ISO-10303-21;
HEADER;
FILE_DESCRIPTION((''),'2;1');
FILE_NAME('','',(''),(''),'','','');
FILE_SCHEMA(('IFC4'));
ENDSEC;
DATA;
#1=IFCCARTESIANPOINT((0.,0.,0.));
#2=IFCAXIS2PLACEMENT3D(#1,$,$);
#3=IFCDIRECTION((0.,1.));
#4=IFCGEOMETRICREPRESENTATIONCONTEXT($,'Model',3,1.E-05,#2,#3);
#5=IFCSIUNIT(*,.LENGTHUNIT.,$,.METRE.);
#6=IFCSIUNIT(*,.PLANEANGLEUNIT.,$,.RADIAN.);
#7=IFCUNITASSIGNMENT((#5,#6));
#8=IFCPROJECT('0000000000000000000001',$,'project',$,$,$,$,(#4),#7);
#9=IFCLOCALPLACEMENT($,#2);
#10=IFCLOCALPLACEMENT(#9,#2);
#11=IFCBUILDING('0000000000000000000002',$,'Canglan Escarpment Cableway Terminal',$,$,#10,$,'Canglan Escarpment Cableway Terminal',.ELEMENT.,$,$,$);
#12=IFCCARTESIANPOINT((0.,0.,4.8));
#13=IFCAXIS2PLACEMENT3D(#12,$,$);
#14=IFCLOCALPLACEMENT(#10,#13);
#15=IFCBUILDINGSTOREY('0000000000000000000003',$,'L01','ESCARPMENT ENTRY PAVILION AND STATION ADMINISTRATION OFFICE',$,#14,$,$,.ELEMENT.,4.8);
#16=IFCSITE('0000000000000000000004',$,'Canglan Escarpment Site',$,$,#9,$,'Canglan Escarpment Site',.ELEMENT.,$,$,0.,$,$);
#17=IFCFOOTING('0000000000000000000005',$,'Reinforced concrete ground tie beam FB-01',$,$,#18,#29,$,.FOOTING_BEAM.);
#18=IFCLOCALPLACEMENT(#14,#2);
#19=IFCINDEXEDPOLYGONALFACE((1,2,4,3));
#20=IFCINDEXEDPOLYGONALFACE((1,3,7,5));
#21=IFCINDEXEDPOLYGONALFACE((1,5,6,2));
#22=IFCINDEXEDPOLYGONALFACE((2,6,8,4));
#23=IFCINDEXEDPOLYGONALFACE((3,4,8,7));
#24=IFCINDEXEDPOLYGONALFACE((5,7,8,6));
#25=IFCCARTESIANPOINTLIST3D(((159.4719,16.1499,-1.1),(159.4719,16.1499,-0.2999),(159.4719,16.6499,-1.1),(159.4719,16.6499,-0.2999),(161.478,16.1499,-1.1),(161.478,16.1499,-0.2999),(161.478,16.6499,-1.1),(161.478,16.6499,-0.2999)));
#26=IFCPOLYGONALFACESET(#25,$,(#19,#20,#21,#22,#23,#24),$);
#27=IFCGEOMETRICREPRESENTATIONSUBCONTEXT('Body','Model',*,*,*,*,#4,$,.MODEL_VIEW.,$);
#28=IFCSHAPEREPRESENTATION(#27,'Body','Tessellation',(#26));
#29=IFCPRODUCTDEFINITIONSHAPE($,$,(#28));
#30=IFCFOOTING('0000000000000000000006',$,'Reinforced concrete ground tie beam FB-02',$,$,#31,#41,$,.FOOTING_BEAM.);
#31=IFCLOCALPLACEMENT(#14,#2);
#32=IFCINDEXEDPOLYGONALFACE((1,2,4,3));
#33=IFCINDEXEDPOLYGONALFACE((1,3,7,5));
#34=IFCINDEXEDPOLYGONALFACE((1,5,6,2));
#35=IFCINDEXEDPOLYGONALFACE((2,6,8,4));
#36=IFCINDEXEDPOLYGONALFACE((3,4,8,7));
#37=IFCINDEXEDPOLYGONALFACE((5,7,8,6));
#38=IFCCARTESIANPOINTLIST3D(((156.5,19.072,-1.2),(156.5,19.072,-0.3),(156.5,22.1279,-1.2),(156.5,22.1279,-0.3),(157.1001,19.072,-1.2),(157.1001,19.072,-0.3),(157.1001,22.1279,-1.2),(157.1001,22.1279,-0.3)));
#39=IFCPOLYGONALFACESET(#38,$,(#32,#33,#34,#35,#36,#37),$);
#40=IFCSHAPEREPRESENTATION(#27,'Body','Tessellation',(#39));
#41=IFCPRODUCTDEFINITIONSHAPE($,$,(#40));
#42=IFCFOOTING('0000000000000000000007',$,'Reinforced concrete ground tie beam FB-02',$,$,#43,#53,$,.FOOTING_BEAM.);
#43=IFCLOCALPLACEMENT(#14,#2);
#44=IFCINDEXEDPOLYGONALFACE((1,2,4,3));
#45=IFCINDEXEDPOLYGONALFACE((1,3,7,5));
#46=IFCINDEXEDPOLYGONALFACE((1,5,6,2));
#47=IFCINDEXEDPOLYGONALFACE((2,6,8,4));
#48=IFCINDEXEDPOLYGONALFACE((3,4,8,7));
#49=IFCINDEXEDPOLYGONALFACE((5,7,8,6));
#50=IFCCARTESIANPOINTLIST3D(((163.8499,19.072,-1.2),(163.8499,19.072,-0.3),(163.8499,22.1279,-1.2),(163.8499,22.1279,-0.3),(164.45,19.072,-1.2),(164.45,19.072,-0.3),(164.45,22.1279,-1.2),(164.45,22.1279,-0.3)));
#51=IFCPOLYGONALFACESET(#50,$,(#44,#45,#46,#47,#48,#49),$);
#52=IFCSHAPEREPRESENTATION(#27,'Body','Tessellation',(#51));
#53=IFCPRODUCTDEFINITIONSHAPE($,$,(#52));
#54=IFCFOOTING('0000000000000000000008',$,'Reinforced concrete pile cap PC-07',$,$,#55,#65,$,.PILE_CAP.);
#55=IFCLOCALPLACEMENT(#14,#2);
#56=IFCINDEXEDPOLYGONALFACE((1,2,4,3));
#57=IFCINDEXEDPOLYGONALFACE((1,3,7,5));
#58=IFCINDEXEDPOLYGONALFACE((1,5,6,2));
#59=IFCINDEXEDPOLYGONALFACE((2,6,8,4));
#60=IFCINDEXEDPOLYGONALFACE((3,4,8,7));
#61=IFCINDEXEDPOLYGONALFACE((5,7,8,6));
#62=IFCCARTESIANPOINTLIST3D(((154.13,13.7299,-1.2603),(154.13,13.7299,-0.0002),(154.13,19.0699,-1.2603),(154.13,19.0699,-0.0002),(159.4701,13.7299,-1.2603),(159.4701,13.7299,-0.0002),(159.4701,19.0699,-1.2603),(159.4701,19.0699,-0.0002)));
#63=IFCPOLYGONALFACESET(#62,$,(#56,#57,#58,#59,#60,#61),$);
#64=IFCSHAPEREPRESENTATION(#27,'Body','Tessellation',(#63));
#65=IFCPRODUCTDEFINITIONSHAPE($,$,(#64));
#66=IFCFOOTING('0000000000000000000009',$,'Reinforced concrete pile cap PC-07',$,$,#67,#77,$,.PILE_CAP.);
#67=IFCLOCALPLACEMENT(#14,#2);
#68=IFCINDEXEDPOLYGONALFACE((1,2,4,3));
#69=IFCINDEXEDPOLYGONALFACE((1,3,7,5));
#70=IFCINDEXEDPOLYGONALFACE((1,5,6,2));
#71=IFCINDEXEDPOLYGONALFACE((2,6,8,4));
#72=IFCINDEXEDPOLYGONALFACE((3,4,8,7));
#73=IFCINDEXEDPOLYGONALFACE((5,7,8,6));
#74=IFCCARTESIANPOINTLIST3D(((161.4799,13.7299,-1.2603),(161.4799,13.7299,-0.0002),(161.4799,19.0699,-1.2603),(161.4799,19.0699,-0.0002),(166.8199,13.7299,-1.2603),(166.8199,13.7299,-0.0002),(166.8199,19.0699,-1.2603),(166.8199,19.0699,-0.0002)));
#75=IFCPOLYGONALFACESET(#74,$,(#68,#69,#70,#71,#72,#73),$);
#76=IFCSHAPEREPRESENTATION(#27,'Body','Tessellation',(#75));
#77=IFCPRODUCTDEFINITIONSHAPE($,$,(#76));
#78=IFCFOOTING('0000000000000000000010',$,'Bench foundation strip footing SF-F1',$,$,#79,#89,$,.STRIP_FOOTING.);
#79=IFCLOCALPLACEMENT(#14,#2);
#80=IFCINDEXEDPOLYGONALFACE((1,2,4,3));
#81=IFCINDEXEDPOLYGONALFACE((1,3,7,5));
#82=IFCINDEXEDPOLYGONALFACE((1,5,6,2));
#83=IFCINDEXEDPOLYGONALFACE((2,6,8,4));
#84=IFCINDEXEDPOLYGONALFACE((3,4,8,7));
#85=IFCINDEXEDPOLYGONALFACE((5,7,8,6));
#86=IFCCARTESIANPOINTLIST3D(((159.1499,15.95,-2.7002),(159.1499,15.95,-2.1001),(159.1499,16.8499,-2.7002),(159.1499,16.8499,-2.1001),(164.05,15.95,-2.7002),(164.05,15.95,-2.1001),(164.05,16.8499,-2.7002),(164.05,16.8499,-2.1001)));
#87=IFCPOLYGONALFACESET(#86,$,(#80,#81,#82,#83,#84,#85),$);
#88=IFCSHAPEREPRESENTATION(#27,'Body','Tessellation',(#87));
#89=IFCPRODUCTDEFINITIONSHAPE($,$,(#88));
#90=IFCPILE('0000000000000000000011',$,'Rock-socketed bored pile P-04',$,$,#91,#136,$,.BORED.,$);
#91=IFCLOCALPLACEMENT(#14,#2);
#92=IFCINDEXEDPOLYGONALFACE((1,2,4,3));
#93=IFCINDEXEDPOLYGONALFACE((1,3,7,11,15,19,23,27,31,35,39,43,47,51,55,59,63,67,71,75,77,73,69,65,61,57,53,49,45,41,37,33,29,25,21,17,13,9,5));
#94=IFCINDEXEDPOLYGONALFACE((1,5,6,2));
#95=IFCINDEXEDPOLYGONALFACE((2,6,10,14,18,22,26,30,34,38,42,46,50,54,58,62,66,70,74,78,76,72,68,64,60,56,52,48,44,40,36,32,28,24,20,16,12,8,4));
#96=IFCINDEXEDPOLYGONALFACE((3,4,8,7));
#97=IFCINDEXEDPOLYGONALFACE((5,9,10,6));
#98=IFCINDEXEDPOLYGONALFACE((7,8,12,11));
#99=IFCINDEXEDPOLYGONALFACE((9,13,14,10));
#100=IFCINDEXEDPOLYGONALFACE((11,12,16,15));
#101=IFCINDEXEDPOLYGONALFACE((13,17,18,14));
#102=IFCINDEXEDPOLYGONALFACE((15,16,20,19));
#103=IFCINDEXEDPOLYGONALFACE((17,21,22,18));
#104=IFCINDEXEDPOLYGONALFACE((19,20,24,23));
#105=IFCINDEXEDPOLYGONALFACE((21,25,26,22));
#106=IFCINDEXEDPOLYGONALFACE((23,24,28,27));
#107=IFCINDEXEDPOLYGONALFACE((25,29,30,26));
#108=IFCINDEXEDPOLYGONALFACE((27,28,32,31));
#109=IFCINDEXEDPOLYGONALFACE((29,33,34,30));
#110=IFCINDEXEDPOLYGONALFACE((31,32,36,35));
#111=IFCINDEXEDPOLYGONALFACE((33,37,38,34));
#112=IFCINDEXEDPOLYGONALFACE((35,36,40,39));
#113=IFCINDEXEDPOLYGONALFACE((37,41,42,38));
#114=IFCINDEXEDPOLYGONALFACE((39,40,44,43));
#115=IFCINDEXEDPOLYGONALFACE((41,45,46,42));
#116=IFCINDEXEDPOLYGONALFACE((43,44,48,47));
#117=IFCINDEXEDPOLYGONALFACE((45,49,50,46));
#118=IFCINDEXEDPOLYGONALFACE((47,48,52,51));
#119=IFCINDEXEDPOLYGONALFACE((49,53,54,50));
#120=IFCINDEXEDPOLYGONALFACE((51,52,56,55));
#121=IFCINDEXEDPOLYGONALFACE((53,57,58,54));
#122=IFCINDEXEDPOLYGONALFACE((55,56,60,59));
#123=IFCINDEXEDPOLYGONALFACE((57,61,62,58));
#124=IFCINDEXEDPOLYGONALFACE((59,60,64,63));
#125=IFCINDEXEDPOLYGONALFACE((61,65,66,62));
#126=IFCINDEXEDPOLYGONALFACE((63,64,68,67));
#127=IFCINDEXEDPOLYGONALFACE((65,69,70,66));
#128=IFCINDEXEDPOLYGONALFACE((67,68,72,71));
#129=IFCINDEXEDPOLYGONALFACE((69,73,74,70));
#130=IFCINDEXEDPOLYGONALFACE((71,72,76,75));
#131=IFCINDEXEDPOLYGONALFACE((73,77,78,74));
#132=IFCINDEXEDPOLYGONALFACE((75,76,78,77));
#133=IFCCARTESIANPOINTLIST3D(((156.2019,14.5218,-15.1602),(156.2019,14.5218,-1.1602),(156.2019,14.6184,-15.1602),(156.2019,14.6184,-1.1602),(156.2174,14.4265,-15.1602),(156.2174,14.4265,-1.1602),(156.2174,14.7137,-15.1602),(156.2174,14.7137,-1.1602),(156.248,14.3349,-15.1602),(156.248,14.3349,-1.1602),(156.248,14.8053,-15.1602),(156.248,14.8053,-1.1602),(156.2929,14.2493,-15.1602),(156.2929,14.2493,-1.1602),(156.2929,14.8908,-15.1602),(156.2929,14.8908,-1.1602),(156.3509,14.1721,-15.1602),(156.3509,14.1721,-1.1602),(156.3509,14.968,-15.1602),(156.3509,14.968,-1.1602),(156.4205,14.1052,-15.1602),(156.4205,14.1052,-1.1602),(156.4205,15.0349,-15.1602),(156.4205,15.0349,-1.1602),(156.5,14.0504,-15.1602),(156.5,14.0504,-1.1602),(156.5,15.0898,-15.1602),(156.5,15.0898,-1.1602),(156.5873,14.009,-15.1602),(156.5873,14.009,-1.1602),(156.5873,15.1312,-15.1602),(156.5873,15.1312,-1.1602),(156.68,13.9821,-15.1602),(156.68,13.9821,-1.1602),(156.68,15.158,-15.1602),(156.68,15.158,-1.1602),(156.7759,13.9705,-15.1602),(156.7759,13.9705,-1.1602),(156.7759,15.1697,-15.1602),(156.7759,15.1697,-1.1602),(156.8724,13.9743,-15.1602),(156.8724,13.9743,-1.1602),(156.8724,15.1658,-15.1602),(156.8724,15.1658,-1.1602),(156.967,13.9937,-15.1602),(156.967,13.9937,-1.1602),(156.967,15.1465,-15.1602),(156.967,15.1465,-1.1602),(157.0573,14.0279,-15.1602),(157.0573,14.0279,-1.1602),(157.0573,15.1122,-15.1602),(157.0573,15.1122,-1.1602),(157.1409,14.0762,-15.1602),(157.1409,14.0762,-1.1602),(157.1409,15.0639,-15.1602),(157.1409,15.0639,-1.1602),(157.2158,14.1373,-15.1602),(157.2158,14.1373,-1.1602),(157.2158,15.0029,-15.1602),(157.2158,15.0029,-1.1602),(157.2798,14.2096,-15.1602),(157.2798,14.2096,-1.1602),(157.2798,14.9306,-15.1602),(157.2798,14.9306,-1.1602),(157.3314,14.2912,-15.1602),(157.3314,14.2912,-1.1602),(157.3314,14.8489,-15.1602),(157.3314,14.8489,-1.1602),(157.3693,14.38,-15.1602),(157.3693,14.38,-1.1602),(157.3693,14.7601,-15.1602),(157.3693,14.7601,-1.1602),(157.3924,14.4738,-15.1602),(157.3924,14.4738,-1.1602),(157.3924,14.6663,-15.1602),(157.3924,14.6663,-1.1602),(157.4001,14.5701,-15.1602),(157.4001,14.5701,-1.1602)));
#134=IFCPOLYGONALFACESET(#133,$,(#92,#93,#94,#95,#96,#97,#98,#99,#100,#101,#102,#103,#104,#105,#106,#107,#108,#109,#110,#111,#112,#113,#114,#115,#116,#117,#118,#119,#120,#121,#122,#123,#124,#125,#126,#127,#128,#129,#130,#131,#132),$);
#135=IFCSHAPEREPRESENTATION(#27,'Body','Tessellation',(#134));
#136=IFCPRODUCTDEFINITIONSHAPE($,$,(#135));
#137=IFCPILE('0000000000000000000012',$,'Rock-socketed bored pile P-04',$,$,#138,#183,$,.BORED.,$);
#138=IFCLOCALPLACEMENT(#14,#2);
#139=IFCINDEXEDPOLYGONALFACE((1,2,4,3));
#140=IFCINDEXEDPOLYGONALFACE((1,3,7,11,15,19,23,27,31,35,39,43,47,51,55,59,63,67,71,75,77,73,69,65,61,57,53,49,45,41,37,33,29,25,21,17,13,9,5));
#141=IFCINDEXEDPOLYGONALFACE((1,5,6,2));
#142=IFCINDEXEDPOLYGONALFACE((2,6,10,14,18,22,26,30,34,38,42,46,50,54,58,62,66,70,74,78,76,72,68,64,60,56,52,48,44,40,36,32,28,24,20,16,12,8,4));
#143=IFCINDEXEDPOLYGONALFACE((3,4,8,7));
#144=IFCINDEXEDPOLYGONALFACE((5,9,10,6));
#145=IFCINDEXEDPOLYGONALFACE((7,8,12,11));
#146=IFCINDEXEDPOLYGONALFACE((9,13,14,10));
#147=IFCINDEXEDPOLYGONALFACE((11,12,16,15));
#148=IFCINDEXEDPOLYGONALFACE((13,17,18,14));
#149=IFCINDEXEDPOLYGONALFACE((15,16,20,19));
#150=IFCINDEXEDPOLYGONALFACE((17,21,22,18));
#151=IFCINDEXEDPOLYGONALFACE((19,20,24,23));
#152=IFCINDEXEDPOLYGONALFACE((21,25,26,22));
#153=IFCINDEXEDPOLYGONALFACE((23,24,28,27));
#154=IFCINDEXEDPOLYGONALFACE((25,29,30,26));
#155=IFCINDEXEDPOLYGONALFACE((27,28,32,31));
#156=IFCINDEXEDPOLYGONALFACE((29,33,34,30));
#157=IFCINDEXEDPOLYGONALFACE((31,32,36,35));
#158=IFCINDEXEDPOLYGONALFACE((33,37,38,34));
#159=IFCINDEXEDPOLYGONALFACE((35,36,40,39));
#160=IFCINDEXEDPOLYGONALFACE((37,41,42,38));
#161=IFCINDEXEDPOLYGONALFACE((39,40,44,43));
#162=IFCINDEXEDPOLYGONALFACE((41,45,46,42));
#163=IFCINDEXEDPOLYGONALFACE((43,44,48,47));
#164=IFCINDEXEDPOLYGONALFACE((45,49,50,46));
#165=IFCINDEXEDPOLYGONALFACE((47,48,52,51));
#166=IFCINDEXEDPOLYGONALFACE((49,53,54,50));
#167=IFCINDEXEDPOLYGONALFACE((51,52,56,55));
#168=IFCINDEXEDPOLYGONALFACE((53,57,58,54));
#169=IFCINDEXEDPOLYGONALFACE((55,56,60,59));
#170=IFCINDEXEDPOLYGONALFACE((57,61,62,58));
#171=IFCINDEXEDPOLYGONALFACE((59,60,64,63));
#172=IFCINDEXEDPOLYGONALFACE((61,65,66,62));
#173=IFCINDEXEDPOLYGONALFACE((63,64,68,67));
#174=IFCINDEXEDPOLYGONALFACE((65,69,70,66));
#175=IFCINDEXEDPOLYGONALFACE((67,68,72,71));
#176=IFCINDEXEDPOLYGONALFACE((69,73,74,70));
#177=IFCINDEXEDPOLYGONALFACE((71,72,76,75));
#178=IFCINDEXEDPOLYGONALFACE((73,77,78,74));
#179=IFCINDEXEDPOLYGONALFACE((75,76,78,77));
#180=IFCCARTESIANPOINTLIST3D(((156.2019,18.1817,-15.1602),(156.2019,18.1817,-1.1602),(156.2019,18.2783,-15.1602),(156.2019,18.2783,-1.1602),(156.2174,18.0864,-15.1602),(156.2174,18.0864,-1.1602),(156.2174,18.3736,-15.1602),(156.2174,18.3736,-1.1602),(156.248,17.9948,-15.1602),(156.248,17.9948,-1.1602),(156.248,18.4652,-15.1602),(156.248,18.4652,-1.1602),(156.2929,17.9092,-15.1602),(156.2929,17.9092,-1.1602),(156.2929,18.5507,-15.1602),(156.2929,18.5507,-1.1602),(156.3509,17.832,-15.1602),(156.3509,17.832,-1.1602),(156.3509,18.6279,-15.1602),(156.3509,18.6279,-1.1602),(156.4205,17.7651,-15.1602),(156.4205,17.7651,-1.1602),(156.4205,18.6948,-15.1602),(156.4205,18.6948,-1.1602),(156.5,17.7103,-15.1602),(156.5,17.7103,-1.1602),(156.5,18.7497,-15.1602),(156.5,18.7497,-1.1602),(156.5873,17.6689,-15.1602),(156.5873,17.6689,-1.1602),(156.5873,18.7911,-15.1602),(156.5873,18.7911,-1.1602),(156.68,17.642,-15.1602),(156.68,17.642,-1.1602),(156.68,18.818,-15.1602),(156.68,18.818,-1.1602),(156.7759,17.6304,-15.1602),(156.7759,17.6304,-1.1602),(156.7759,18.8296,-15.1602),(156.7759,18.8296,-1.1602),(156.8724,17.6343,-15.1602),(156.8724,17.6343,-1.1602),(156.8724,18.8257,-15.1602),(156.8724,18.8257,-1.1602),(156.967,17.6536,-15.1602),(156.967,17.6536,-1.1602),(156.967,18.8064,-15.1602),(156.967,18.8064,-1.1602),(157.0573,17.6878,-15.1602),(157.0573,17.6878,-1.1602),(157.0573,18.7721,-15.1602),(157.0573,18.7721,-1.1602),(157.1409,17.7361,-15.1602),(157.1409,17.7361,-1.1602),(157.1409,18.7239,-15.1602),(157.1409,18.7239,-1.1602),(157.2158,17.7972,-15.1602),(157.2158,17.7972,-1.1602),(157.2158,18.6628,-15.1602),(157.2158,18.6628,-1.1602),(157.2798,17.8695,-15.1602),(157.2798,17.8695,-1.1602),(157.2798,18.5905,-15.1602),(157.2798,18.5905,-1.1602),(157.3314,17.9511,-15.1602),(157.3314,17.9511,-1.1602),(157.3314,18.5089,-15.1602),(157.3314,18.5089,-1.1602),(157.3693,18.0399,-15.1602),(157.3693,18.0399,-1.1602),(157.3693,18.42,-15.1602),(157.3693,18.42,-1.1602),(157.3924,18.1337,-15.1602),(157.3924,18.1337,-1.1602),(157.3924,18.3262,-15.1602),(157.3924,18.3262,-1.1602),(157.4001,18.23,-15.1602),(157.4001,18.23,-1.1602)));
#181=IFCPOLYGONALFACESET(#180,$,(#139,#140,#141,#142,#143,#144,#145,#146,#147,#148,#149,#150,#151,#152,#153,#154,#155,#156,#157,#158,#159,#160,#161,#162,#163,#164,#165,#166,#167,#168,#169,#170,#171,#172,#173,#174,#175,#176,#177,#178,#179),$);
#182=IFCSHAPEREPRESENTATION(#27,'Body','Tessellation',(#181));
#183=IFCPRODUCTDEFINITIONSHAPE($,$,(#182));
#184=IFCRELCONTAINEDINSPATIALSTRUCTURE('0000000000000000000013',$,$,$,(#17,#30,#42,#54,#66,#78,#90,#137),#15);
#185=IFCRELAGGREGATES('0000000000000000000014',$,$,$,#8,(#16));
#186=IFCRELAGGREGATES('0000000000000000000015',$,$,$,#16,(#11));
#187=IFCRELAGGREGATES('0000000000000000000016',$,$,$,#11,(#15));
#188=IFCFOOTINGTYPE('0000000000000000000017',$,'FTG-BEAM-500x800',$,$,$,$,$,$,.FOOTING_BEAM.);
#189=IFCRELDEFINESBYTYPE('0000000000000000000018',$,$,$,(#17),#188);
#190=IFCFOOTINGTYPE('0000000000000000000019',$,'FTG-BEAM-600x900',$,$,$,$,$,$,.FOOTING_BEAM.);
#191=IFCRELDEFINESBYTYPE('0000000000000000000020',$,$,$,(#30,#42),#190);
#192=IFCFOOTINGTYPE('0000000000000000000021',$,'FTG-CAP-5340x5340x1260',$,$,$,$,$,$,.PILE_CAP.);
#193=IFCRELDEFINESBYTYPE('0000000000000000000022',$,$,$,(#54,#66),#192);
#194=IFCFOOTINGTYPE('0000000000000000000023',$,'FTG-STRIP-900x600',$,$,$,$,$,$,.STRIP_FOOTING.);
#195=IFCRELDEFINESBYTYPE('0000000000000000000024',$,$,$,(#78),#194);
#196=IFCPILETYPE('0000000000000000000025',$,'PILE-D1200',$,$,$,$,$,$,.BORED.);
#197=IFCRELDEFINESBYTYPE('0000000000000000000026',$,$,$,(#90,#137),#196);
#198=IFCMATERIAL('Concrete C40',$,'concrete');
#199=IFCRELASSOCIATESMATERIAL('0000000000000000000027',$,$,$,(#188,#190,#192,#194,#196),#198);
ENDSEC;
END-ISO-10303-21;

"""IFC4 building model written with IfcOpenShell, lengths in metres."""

from ifc_helpers import new_model, si_unit, direction, frame, origin, origin_2d, place, context, subcontext, project, spatial, rectangle, circle, extrude, material, material_profile, profile_set, type_object, element, save


model = new_model("IFC4")

# Units and contexts
model_context = context("Model", 3, precision=1e-05, world=origin(), true_north=direction((0.0, 1.0)))
body_context = subcontext(model_context, "Body", "Model", "MODEL_VIEW")
ifc_project = project(units=[si_unit("LENGTHUNIT", "METRE"), si_unit("PLANEANGLEUNIT", "RADIAN")], contexts=[model_context])

# Site, building, storey
site_placement = place(None, origin())
site = spatial("IfcSite", under=ifc_project, at=site_placement, Name="Canglan Escarpment Site", LongName="Canglan Escarpment Site", CompositionType="ELEMENT", RefElevation=0.0)
building_placement = place(site_placement, origin())
building = spatial("IfcBuilding", under=site, at=building_placement, Name="Canglan Escarpment Cableway Terminal", LongName="Canglan Escarpment Cableway Terminal", CompositionType="ELEMENT")
storey_placement = place(building_placement, frame((0.0, 0.0, 4.8)))
storey = spatial("IfcBuildingStorey", under=building, at=storey_placement, Name="L01", Description="ESCARPMENT ENTRY PAVILION AND STATION ADMINISTRATION OFFICE", CompositionType="ELEMENT", Elevation=4.8)

# Footings
ifc_material_1 = material(Name="Concrete C40", Category="concrete")
ifc_material_profile_1 = material_profile(ifc_material_1, rectangle(XDim=0.5, YDim=0.8, at=origin_2d()), Name="FB 500x800")
ifc_profile_set_1 = profile_set([ifc_material_profile_1], Name="Concrete C40")
footing_type_1 = type_object("IfcFootingType", Name="FTG-BEAM-500x800", PredefinedType="FOOTING_BEAM", material=ifc_profile_set_1)
footing_1_placement = place(storey_placement, frame((159.4719, 16.3999, -0.7), z_axis=(1.0, 0.0, 0.0), x_axis=(0.0, 1.0, 0.0)))
element("IfcFooting", 1, at=footing_1_placement, inside=storey, type_object=footing_type_1, Name="Reinforced concrete ground tie beam FB-01", PredefinedType="FOOTING_BEAM", context=body_context, shape_type="SweptSolid", body=[
    extrude(rectangle(XDim=0.5, YDim=0.8, at=origin_2d()), origin(), (0.0, 0.0, 1.0), 2.0061),
])
ifc_material_profile_2 = material_profile(ifc_material_1, rectangle(XDim=0.6001, YDim=0.8999, at=origin_2d()), Name="FB 600x900")
ifc_profile_set_2 = profile_set([ifc_material_profile_2], Name="Concrete C40")
footing_type_2 = type_object("IfcFootingType", Name="FTG-BEAM-600x900", PredefinedType="FOOTING_BEAM", material=ifc_profile_set_2)
for number, where, z_axis, x_axis, name in (
    (2, (156.8, 19.072, -0.75), (0.0, 1.0, 0.0), (-1.0, 0.0, 0.0), "Reinforced concrete ground tie beam FB-02"),
    (3, (164.1499, 19.072, -0.75), (0.0, 1.0, 0.0), (-1.0, 0.0, 0.0), "Reinforced concrete ground tie beam FB-02"),
):
    element("IfcFooting", number, at=place(storey_placement, frame(where, z_axis=z_axis, x_axis=x_axis)), inside=storey, type_object=footing_type_2, Name=name, PredefinedType="FOOTING_BEAM", context=body_context, shape_type="SweptSolid", body=[
        extrude(rectangle(XDim=0.6001, YDim=0.8999, at=origin_2d()), origin(), (0.0, 0.0, 1.0), 3.0559),
    ])
footing_type_3 = type_object("IfcFootingType", Name="FTG-CAP-5340x5340x1260", PredefinedType="PILE_CAP", material=ifc_material_1)
for number, where, z_axis, x_axis, name in (
    (4, (156.8, 16.3999, -1.2603), (0.0, 0.0, 1.0), (1.0, 0.0, 0.0), "Reinforced concrete pile cap PC-07"),
    (5, (164.1499, 16.3999, -1.2603), (0.0, 0.0, 1.0), (1.0, 0.0, 0.0), "Reinforced concrete pile cap PC-07"),
):
    element("IfcFooting", number, at=place(storey_placement, frame(where, z_axis=z_axis, x_axis=x_axis)), inside=storey, type_object=footing_type_3, Name=name, PredefinedType="PILE_CAP", context=body_context, shape_type="SweptSolid", body=[
        extrude(rectangle(XDim=5.3401, YDim=5.3401, at=origin_2d()), origin(), (0.0, 0.0, 1.0), 1.26),
    ])
ifc_material_profile_3 = material_profile(ifc_material_1, rectangle(XDim=0.8999, YDim=0.6001, at=origin_2d()), Name="SF 900x600")
ifc_profile_set_3 = profile_set([ifc_material_profile_3], Name="Concrete C40")
footing_type_4 = type_object("IfcFootingType", Name="FTG-STRIP-900x600", PredefinedType="STRIP_FOOTING", material=ifc_profile_set_3)
footing_2_placement = place(storey_placement, frame((159.1499, 16.3999, -2.4001), z_axis=(1.0, 0.0, 0.0), x_axis=(0.0, 1.0, 0.0)))
element("IfcFooting", 6, at=footing_2_placement, inside=storey, type_object=footing_type_4, Name="Bench foundation strip footing SF-F1", PredefinedType="STRIP_FOOTING", context=body_context, shape_type="SweptSolid", body=[
    extrude(rectangle(XDim=0.8999, YDim=0.6001, at=origin_2d()), origin(), (0.0, 0.0, 1.0), 4.9001),
])

# Piles
ifc_material_profile_4 = material_profile(ifc_material_1, circle(Radius=0.6001, at=origin_2d()), Name="BORED PILE D1200")
ifc_profile_set_4 = profile_set([ifc_material_profile_4], Name="Concrete C40")
pile_type = type_object("IfcPileType", Name="PILE-D1200", PredefinedType="BORED", material=ifc_profile_set_4)
for number, where, z_axis, x_axis, name in (
    (7, (156.8, 14.5701, -1.1602), (0.0, 0.0, -1.0), (1.0, 0.0, 0.0), "Rock-socketed bored pile P-04"),
    (8, (156.8, 18.23, -1.1602), (0.0, 0.0, -1.0), (1.0, 0.0, 0.0), "Rock-socketed bored pile P-04"),
):
    element("IfcPile", number, at=place(storey_placement, frame(where, z_axis=z_axis, x_axis=x_axis)), inside=storey, type_object=pile_type, Name=name, PredefinedType="BORED", context=body_context, shape_type="SweptSolid", body=[
        extrude(circle(Radius=0.6001, at=origin_2d()), origin(), (0.0, 0.0, 1.0), 14.0),
    ])

save(model, "model.ifc")
